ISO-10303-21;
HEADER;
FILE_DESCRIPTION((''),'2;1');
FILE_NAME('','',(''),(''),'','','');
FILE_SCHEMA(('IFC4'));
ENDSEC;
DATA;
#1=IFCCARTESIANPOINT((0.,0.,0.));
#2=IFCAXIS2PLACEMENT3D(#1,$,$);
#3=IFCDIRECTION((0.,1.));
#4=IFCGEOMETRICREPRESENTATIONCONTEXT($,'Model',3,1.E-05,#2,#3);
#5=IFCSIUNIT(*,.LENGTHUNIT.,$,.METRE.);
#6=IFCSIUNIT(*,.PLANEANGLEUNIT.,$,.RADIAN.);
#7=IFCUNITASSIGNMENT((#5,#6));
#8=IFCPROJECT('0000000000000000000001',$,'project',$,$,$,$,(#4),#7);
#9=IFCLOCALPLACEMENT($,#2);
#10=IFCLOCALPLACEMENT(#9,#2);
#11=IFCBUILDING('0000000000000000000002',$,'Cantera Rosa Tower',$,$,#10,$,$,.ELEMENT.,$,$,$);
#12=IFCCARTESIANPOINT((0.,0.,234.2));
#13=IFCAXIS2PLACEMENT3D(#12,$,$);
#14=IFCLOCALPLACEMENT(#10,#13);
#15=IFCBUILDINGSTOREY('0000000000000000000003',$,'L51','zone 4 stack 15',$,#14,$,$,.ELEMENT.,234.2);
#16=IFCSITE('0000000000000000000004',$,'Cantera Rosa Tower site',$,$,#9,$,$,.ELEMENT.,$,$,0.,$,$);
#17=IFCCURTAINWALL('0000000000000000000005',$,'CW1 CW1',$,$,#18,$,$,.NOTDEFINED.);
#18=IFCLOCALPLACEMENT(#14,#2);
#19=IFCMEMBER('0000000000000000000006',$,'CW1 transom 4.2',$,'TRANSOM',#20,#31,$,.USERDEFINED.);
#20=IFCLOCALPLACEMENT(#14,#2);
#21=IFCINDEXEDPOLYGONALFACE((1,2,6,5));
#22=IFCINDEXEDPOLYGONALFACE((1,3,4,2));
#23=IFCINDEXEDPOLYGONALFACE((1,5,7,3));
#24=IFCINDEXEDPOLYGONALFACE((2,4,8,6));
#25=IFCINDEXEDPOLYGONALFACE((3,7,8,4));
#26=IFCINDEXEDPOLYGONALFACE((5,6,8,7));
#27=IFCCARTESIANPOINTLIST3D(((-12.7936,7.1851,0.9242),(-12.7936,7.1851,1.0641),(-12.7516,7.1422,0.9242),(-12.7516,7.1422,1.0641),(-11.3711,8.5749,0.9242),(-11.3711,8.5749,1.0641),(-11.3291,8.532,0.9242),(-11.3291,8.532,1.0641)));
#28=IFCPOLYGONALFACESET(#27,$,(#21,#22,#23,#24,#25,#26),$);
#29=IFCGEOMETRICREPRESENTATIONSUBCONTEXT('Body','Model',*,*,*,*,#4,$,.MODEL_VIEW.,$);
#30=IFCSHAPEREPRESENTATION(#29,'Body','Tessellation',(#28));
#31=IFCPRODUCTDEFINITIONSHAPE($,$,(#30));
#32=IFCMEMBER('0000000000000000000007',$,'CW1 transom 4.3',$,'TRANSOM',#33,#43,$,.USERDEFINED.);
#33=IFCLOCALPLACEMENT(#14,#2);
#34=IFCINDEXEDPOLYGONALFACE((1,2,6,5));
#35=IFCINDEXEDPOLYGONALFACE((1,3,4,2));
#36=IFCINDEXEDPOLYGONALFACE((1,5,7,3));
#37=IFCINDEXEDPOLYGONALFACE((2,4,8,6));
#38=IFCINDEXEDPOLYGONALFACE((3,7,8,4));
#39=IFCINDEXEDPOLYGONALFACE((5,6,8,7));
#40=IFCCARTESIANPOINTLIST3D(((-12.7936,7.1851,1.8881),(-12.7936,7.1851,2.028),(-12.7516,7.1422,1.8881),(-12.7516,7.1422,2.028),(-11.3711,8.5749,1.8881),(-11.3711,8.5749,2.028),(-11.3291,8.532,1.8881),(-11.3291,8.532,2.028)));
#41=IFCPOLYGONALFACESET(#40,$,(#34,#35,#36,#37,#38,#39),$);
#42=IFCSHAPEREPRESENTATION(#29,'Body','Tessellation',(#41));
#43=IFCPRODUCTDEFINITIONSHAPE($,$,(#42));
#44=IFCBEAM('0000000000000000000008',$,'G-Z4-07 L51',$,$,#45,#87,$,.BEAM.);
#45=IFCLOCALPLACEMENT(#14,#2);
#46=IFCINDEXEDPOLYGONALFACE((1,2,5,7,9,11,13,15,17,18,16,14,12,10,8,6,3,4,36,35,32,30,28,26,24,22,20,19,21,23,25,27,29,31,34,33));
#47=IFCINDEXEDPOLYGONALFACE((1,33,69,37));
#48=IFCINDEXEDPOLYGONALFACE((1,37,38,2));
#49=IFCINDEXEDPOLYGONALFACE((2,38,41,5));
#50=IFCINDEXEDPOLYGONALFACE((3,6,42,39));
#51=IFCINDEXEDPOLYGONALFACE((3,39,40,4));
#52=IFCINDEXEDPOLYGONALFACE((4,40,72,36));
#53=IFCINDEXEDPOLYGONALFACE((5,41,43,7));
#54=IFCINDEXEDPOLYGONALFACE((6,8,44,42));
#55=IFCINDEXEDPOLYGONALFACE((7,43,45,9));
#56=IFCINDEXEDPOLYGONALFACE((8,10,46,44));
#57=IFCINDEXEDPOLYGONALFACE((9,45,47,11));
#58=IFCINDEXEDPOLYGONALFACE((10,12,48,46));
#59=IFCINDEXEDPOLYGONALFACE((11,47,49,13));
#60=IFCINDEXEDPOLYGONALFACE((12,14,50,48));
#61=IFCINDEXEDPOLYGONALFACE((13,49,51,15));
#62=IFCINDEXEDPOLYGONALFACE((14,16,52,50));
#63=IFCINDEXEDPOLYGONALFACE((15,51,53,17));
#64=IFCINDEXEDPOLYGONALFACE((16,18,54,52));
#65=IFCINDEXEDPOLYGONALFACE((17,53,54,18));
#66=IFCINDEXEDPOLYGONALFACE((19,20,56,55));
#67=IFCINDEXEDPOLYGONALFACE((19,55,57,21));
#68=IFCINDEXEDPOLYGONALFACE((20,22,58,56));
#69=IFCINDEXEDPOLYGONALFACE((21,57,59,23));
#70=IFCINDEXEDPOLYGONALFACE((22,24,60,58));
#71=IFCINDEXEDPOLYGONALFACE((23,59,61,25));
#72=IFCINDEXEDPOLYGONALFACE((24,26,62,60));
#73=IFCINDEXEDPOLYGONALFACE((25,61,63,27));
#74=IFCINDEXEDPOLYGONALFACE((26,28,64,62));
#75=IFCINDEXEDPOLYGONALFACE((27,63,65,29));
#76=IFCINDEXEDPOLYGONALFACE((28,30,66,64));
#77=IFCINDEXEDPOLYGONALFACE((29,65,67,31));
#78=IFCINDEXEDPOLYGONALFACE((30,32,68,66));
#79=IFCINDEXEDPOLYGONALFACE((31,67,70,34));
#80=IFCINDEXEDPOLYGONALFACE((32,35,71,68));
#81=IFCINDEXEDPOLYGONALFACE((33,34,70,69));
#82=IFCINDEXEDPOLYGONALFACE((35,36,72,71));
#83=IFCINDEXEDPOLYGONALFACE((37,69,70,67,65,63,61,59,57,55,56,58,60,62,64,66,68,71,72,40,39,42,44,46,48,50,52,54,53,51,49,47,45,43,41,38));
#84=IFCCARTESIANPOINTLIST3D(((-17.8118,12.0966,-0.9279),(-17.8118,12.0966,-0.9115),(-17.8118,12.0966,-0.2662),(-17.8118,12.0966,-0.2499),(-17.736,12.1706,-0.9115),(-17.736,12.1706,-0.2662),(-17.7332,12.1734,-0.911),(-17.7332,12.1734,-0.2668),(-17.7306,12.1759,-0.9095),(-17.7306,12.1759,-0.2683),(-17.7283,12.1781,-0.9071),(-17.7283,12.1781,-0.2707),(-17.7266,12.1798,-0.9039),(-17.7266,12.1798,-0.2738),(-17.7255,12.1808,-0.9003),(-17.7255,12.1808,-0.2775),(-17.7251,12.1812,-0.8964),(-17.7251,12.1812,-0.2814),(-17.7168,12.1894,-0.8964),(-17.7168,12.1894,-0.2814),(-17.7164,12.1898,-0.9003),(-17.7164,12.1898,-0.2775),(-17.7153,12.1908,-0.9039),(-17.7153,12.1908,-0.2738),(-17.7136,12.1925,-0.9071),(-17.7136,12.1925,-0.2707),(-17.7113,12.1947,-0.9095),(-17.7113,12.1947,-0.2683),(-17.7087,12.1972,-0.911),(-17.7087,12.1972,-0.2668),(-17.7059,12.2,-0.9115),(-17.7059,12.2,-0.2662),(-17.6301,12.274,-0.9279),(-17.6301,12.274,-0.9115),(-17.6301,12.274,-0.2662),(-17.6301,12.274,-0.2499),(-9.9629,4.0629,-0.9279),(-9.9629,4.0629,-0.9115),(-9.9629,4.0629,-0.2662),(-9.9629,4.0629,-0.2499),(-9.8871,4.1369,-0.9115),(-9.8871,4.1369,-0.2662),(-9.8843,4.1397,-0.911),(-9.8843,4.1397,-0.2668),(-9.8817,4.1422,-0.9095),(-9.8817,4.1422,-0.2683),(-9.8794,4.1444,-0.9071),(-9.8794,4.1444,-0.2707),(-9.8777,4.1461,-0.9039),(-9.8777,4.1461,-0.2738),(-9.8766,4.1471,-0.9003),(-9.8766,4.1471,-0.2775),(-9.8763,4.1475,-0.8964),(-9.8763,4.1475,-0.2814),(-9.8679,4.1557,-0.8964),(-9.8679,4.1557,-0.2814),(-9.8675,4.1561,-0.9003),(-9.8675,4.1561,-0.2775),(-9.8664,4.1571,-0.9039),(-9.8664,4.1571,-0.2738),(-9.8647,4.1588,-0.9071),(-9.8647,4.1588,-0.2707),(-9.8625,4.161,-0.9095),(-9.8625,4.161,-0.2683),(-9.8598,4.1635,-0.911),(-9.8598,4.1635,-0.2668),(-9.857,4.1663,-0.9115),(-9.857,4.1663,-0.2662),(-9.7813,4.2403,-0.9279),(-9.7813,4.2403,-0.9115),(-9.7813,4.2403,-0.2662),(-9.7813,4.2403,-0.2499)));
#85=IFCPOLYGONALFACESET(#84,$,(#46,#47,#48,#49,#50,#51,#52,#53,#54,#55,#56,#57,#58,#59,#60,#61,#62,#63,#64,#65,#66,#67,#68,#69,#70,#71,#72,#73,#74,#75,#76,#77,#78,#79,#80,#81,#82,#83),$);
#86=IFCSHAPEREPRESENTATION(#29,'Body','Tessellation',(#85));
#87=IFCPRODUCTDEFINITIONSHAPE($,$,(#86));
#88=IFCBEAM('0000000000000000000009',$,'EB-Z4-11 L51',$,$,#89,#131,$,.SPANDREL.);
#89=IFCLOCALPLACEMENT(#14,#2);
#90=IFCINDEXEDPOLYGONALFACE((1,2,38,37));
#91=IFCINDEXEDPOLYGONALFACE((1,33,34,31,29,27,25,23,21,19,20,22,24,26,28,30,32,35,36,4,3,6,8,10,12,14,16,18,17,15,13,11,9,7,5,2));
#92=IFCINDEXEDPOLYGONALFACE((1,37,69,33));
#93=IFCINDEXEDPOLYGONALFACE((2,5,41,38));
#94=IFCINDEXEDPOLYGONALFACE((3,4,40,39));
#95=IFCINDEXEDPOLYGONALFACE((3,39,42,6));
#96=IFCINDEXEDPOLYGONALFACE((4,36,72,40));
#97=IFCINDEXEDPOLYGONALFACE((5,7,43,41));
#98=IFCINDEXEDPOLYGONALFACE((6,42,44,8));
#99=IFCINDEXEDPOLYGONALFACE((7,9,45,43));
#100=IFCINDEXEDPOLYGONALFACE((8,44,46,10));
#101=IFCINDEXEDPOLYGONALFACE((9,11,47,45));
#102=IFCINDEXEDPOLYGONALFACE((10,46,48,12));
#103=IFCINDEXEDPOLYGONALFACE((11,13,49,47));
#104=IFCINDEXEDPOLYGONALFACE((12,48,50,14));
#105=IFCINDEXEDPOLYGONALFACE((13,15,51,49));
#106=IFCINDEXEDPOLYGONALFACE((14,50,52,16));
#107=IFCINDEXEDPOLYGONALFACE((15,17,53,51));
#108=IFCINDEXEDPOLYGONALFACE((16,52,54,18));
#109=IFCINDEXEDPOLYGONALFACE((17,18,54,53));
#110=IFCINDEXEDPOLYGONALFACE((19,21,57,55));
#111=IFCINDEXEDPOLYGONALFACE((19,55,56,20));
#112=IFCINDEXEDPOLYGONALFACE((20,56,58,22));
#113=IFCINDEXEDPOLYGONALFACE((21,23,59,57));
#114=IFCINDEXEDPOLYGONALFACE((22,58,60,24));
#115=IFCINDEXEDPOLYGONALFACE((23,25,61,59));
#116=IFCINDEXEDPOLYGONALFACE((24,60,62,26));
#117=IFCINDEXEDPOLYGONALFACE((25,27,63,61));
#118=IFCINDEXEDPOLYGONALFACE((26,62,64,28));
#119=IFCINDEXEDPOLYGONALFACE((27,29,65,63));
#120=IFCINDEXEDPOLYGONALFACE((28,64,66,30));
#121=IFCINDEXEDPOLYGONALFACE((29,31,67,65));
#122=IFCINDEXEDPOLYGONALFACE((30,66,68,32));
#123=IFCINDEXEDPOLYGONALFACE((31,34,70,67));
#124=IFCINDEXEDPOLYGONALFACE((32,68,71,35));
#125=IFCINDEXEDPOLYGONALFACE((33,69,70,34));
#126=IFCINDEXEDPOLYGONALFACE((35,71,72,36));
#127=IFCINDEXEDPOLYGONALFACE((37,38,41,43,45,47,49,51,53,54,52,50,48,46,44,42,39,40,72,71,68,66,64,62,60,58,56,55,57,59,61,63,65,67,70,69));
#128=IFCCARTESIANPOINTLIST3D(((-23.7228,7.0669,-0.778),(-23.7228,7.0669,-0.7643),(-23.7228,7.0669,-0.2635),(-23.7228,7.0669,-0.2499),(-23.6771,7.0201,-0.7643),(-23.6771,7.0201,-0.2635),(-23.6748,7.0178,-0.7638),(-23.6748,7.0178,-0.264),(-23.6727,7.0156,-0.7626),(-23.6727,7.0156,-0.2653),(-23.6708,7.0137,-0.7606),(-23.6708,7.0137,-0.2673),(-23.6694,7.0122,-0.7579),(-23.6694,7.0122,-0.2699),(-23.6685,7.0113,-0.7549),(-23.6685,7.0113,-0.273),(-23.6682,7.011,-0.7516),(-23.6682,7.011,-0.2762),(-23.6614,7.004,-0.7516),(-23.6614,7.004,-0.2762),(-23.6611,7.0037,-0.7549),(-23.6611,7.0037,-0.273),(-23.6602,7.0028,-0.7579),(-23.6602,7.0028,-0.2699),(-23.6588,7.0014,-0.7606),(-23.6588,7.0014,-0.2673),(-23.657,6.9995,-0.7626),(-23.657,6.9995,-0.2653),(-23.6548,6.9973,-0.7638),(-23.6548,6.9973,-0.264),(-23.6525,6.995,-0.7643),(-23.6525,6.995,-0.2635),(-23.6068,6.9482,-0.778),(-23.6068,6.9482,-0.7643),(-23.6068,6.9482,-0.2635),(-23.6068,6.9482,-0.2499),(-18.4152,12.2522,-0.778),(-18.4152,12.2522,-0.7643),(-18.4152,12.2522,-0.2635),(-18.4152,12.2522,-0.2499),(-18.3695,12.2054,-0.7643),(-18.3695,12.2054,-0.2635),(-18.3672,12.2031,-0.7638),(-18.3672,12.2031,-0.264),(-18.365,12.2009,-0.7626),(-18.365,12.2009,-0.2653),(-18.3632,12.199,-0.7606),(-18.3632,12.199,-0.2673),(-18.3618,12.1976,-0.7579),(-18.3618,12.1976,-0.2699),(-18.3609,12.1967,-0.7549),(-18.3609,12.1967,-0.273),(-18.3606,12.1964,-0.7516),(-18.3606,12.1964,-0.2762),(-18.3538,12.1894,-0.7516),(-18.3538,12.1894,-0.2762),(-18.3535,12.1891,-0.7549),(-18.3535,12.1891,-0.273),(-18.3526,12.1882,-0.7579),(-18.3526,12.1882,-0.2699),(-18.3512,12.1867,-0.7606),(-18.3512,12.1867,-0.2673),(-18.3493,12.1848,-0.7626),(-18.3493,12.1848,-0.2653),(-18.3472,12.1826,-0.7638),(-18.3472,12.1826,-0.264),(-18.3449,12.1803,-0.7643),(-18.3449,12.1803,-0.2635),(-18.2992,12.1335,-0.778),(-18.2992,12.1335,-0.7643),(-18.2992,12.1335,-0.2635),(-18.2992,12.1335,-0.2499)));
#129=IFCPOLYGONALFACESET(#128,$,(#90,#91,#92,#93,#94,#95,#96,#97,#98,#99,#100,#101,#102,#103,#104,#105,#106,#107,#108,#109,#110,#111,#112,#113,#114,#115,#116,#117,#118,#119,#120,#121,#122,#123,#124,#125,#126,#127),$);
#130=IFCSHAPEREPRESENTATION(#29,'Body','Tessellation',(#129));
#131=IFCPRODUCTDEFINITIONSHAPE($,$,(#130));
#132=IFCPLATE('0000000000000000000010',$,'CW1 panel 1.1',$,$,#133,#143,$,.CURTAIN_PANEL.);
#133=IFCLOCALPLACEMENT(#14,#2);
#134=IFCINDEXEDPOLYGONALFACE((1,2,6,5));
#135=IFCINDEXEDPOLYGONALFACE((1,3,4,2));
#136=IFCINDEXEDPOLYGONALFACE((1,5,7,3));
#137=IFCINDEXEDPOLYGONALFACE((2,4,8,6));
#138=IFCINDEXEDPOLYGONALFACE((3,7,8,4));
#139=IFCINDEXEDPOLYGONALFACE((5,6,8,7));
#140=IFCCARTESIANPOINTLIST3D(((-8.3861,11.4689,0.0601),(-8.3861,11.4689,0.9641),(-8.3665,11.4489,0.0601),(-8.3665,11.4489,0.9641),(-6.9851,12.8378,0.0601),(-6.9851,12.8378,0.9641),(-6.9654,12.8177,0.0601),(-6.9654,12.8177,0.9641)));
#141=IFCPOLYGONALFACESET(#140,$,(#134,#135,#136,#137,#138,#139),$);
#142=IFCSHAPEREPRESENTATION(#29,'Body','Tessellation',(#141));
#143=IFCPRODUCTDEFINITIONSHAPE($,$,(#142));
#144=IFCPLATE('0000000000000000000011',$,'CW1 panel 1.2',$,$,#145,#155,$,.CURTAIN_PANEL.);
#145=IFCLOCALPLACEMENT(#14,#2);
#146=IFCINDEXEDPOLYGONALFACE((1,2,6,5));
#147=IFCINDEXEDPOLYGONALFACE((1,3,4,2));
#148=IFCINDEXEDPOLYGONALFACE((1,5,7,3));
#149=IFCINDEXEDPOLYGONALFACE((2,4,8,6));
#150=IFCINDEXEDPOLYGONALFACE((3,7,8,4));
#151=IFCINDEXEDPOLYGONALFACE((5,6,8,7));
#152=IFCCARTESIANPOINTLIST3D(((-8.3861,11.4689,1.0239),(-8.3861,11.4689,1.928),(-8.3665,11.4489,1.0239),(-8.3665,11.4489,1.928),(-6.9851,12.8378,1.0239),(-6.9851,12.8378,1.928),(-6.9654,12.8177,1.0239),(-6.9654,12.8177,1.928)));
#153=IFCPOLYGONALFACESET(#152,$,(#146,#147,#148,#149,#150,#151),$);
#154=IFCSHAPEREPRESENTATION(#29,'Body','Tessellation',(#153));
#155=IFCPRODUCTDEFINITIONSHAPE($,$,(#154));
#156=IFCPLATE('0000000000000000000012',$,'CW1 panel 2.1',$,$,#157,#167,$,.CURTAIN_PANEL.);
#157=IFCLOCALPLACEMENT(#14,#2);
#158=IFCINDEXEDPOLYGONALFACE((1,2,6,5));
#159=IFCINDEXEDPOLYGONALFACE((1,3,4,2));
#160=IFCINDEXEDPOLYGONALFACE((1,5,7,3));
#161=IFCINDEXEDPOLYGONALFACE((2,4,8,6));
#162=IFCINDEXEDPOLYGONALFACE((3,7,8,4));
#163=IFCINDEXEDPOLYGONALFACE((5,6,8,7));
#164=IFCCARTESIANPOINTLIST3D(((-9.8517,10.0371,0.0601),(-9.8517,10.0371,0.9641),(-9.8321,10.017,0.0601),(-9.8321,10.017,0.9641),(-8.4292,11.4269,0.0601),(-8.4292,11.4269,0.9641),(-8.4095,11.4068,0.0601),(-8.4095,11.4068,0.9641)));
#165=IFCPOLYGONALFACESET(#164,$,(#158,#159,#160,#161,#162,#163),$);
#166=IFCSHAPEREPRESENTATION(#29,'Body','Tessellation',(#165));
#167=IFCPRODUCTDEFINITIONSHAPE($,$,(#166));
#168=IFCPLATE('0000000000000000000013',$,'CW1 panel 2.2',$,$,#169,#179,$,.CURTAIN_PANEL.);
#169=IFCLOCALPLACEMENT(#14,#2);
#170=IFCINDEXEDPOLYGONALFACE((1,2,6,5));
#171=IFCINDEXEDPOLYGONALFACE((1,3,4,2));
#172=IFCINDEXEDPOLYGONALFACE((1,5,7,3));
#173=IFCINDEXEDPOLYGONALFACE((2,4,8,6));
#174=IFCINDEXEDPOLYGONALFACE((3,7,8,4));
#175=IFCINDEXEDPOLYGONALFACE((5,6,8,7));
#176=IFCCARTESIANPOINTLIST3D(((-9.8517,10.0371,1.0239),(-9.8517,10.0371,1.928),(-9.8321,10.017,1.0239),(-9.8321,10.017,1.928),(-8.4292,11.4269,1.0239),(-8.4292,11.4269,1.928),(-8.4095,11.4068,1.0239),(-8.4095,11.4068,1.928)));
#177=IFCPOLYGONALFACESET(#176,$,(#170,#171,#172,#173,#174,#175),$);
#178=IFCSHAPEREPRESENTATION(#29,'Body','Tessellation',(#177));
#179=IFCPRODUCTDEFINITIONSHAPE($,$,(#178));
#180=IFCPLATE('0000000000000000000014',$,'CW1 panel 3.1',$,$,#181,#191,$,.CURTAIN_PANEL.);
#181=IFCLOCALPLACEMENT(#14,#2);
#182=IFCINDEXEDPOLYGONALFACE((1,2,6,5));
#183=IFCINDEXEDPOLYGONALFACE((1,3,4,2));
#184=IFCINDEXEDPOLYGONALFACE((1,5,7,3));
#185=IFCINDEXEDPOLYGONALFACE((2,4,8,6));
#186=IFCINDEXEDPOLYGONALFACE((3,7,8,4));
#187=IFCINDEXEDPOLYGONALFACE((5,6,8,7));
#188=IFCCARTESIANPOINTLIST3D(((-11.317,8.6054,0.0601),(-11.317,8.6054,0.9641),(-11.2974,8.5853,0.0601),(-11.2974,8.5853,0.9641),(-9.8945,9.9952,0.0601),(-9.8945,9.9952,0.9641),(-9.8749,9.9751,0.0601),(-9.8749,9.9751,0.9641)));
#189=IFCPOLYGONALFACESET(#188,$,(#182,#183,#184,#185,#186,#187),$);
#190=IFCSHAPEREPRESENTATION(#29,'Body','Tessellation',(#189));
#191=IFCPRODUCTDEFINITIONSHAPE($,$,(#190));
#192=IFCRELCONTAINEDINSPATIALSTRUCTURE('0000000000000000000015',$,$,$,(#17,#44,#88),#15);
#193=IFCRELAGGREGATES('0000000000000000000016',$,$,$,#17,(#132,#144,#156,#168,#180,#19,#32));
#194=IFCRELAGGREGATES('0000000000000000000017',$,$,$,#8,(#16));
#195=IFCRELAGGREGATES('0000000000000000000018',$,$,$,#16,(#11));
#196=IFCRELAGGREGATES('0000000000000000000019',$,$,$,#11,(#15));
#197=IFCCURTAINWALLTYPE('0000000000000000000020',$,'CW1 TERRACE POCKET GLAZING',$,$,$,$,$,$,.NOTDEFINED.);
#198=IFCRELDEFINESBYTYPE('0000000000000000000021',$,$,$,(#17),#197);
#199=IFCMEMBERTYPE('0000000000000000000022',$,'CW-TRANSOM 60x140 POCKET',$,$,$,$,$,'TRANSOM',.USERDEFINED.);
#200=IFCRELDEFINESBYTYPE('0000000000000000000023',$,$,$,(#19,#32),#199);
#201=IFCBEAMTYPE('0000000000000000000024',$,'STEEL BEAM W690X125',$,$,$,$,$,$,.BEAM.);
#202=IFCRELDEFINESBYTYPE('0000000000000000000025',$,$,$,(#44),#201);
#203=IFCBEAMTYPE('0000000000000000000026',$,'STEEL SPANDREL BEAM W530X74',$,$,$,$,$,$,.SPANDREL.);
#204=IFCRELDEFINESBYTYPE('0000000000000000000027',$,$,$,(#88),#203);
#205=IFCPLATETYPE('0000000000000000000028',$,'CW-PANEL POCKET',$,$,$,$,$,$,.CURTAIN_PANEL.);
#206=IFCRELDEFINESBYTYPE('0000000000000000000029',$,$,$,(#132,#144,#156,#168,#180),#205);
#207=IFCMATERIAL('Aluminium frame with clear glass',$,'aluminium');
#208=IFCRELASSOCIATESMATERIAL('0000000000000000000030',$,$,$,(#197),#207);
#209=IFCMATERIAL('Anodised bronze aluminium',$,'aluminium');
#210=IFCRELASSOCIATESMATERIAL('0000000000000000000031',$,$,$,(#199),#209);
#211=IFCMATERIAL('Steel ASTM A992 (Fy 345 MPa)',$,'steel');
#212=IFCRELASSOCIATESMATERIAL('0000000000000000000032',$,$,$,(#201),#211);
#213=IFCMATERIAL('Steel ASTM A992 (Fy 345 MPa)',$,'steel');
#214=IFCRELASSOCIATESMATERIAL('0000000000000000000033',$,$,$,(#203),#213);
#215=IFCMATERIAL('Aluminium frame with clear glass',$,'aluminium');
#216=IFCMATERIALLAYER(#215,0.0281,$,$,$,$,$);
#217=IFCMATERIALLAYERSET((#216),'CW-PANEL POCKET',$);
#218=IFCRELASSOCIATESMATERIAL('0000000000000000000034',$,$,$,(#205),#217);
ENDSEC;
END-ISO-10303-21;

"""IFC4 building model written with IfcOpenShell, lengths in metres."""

from ifc_helpers import new_model, si_unit, direction, frame, origin, origin_2d, place, context, subcontext, project, spatial, rectangle, i_section, extrude, material, layer, layer_set, material_profile, profile_set, type_object, element, aggregate, save


model = new_model("IFC4")

# Units and contexts
model_context = context("Model", 3, precision=1e-05, world=origin(), true_north=direction((0.0, 1.0)))
body_context = subcontext(model_context, "Body", "Model", "MODEL_VIEW")
ifc_project = project(units=[si_unit("LENGTHUNIT", "METRE"), si_unit("PLANEANGLEUNIT", "RADIAN")], contexts=[model_context])

# Site, building, storey
site_placement = place(None, origin())
site = spatial("IfcSite", under=ifc_project, at=site_placement, Name="Cantera Rosa Tower site", CompositionType="ELEMENT", RefElevation=0.0)
building_placement = place(site_placement, origin())
building = spatial("IfcBuilding", under=site, at=building_placement, Name="Cantera Rosa Tower", CompositionType="ELEMENT")
storey_placement = place(building_placement, frame((0.0, 0.0, 234.2)))
storey = spatial("IfcBuildingStorey", under=building, at=storey_placement, Name="L51", Description="zone 4 stack 15", CompositionType="ELEMENT", Elevation=234.2)

# Curtain wall, members
ifc_material_1 = material(Name="Aluminium frame with clear glass", Category="aluminium")
curtain_wall_type = type_object("IfcCurtainWallType", Name="CW1 TERRACE POCKET GLAZING", PredefinedType="NOTDEFINED", material=ifc_material_1)
curtain_wall_placement = place(storey_placement, origin())
curtain_wall = element("IfcCurtainWall", 1, at=curtain_wall_placement, inside=storey, type_object=curtain_wall_type, Name="CW1 CW1", PredefinedType="NOTDEFINED")
ifc_material_2 = material(Name="Anodised bronze aluminium", Category="aluminium")
ifc_material_profile_1 = material_profile(ifc_material_2, rectangle(XDim=0.0601, YDim=0.1399, at=origin_2d()), Name="CW-TRANSOM 60x140 POCKET")
ifc_profile_set_1 = profile_set([ifc_material_profile_1], Name="Anodised bronze aluminium")
member_type_1 = type_object("IfcMemberType", Name="CW-TRANSOM 60x140 POCKET", ElementType="TRANSOM", PredefinedType="USERDEFINED", material=ifc_profile_set_1)
member_1_placement = place(storey_placement, frame((-11.3501, 8.5535, 0.9941), z_axis=(-0.715283, -0.698834, 0.0), x_axis=(0.698834, -0.715283, 0.0)))
member_1 = element("IfcMember", 2, at=member_1_placement, type_object=member_type_1, Name="CW1 transom 4.2", ObjectType="TRANSOM", PredefinedType="USERDEFINED", context=body_context, shape_type="SweptSolid", body=[
    extrude(rectangle(XDim=0.0601, YDim=0.1399, at=origin_2d()), origin(), (0.0, 0.0, 1.0), 1.9888),
])
member_2_placement = place(storey_placement, frame((-11.3501, 8.5535, 1.958), z_axis=(-0.715283, -0.698834, 0.0), x_axis=(0.698834, -0.715283, 0.0)))
member_2 = element("IfcMember", 3, at=member_2_placement, type_object=member_type_1, Name="CW1 transom 4.3", ObjectType="TRANSOM", PredefinedType="USERDEFINED", context=body_context, shape_type="SweptSolid", body=[
    extrude(rectangle(XDim=0.0601, YDim=0.1399, at=origin_2d()), origin(), (0.0, 0.0, 1.0), 1.9888),
])

# Beams
ifc_material_3 = material(Name="Steel ASTM A992 (Fy 345 MPa)", Category="steel")
ifc_material_profile_2 = material_profile(ifc_material_3, i_section(OverallWidth=0.2539, OverallDepth=0.678, WebThickness=0.0117, FlangeThickness=0.0164, FilletRadius=0.0151, at=origin_2d()), Name="W690X125")
ifc_profile_set_2 = profile_set([ifc_material_profile_2], Name="Steel ASTM A992 (Fy 345 MPa)")
beam_type_1 = type_object("IfcBeamType", Name="STEEL BEAM W690X125", PredefinedType="BEAM", material=ifc_profile_set_2)
beam_1_placement = place(storey_placement, frame((-17.7209, 12.1853, -0.5889), z_axis=(0.698831, -0.715286, 0.0), x_axis=(0.715286, 0.698831, 0.0)))
element("IfcBeam", 4, at=beam_1_placement, inside=storey, type_object=beam_type_1, Name="G-Z4-07 L51", PredefinedType="BEAM", context=body_context, shape_type="SweptSolid", body=[
    extrude(i_section(OverallWidth=0.2539, OverallDepth=0.678, WebThickness=0.0117, FlangeThickness=0.0164, FilletRadius=0.0151, at=origin_2d()), origin(), (0.0, 0.0, 1.0), 11.2314),
])
ifc_material_4 = material(Name="Steel ASTM A992 (Fy 345 MPa)", Category="steel")
ifc_material_profile_3 = material_profile(ifc_material_4, i_section(OverallWidth=0.166, OverallDepth=0.5281, WebThickness=0.0098, FlangeThickness=0.0137, FilletRadius=0.0127, at=origin_2d()), Name="W530X74")
ifc_profile_set_3 = profile_set([ifc_material_profile_3], Name="Steel ASTM A992 (Fy 345 MPa)")
beam_type_2 = type_object("IfcBeamType", Name="STEEL SPANDREL BEAM W530X74", PredefinedType="SPANDREL", material=ifc_profile_set_3)
beam_2_placement = place(storey_placement, frame((-18.3572, 12.1929, -0.5139), z_axis=(-0.715301, -0.698817, 0.0), x_axis=(0.698817, -0.715301, 0.0)))
element("IfcBeam", 5, at=beam_2_placement, inside=storey, type_object=beam_type_2, Name="EB-Z4-11 L51", PredefinedType="SPANDREL", context=body_context, shape_type="SweptSolid", body=[
    extrude(i_section(OverallWidth=0.166, OverallDepth=0.5281, WebThickness=0.0098, FlangeThickness=0.0137, FilletRadius=0.0127, at=origin_2d()), origin(), (0.0, 0.0, 1.0), 7.4202),
])

# Plates
ifc_material_5 = material(Name="Aluminium frame with clear glass", Category="aluminium")
ifc_layer_1 = layer(ifc_material_5, 0.0281)
ifc_layer_set_1 = layer_set([ifc_layer_1], Name="CW-PANEL POCKET")
plate_type = type_object("IfcPlateType", Name="CW-PANEL POCKET", PredefinedType="CURTAIN_PANEL", material=ifc_layer_set_1)
plate_1_placement = place(storey_placement, frame((-7.6758, 12.1433, 0.0601), z_axis=(0.0, 0.0, 1.0), x_axis=(-0.715286, -0.698832, 0.0)))
plate_1 = element("IfcPlate", 6, at=plate_1_placement, type_object=plate_type, Name="CW1 panel 1.1", PredefinedType="CURTAIN_PANEL", context=body_context, shape_type="SweptSolid", body=[
    extrude(rectangle(XDim=1.9587, YDim=0.0281, at=origin_2d()), origin(), (0.0, 0.0, 1.0), 0.9041),
])
plate_2_placement = place(storey_placement, frame((-7.6758, 12.1433, 1.0239), z_axis=(0.0, 0.0, 1.0), x_axis=(-0.715286, -0.698832, 0.0)))
plate_2 = element("IfcPlate", 7, at=plate_2_placement, type_object=plate_type, Name="CW1 panel 1.2", PredefinedType="CURTAIN_PANEL", context=body_context, shape_type="SweptSolid", body=[
    extrude(rectangle(XDim=1.9587, YDim=0.0281, at=origin_2d()), origin(), (0.0, 0.0, 1.0), 0.9041),
])
plate_3_placement = place(storey_placement, frame((-9.1306, 10.7219, 0.0601), z_axis=(0.0, 0.0, 1.0), x_axis=(-0.715286, -0.698832, 0.0)))
plate_3 = element("IfcPlate", 8, at=plate_3_placement, type_object=plate_type, Name="CW1 panel 2.1", PredefinedType="CURTAIN_PANEL", context=body_context, shape_type="SweptSolid", body=[
    extrude(rectangle(XDim=1.9888, YDim=0.0281, at=origin_2d()), origin(), (0.0, 0.0, 1.0), 0.9041),
])
plate_4_placement = place(storey_placement, frame((-9.1306, 10.7219, 1.0239), z_axis=(0.0, 0.0, 1.0), x_axis=(-0.715286, -0.698832, 0.0)))
plate_4 = element("IfcPlate", 9, at=plate_4_placement, type_object=plate_type, Name="CW1 panel 2.2", PredefinedType="CURTAIN_PANEL", context=body_context, shape_type="SweptSolid", body=[
    extrude(rectangle(XDim=1.9888, YDim=0.0281, at=origin_2d()), origin(), (0.0, 0.0, 1.0), 0.9041),
])
plate_5_placement = place(storey_placement, frame((-10.5959, 9.2903, 0.0601), z_axis=(0.0, 0.0, 1.0), x_axis=(-0.715286, -0.698832, 0.0)))
plate_5 = element("IfcPlate", 10, at=plate_5_placement, type_object=plate_type, Name="CW1 panel 3.1", PredefinedType="CURTAIN_PANEL", context=body_context, shape_type="SweptSolid", body=[
    extrude(rectangle(XDim=1.9888, YDim=0.0281, at=origin_2d()), origin(), (0.0, 0.0, 1.0), 0.9041),
])
aggregate(curtain_wall, [plate_1, plate_2, plate_3, plate_4, plate_5, member_1, member_2])

save(model, "model.ifc")
